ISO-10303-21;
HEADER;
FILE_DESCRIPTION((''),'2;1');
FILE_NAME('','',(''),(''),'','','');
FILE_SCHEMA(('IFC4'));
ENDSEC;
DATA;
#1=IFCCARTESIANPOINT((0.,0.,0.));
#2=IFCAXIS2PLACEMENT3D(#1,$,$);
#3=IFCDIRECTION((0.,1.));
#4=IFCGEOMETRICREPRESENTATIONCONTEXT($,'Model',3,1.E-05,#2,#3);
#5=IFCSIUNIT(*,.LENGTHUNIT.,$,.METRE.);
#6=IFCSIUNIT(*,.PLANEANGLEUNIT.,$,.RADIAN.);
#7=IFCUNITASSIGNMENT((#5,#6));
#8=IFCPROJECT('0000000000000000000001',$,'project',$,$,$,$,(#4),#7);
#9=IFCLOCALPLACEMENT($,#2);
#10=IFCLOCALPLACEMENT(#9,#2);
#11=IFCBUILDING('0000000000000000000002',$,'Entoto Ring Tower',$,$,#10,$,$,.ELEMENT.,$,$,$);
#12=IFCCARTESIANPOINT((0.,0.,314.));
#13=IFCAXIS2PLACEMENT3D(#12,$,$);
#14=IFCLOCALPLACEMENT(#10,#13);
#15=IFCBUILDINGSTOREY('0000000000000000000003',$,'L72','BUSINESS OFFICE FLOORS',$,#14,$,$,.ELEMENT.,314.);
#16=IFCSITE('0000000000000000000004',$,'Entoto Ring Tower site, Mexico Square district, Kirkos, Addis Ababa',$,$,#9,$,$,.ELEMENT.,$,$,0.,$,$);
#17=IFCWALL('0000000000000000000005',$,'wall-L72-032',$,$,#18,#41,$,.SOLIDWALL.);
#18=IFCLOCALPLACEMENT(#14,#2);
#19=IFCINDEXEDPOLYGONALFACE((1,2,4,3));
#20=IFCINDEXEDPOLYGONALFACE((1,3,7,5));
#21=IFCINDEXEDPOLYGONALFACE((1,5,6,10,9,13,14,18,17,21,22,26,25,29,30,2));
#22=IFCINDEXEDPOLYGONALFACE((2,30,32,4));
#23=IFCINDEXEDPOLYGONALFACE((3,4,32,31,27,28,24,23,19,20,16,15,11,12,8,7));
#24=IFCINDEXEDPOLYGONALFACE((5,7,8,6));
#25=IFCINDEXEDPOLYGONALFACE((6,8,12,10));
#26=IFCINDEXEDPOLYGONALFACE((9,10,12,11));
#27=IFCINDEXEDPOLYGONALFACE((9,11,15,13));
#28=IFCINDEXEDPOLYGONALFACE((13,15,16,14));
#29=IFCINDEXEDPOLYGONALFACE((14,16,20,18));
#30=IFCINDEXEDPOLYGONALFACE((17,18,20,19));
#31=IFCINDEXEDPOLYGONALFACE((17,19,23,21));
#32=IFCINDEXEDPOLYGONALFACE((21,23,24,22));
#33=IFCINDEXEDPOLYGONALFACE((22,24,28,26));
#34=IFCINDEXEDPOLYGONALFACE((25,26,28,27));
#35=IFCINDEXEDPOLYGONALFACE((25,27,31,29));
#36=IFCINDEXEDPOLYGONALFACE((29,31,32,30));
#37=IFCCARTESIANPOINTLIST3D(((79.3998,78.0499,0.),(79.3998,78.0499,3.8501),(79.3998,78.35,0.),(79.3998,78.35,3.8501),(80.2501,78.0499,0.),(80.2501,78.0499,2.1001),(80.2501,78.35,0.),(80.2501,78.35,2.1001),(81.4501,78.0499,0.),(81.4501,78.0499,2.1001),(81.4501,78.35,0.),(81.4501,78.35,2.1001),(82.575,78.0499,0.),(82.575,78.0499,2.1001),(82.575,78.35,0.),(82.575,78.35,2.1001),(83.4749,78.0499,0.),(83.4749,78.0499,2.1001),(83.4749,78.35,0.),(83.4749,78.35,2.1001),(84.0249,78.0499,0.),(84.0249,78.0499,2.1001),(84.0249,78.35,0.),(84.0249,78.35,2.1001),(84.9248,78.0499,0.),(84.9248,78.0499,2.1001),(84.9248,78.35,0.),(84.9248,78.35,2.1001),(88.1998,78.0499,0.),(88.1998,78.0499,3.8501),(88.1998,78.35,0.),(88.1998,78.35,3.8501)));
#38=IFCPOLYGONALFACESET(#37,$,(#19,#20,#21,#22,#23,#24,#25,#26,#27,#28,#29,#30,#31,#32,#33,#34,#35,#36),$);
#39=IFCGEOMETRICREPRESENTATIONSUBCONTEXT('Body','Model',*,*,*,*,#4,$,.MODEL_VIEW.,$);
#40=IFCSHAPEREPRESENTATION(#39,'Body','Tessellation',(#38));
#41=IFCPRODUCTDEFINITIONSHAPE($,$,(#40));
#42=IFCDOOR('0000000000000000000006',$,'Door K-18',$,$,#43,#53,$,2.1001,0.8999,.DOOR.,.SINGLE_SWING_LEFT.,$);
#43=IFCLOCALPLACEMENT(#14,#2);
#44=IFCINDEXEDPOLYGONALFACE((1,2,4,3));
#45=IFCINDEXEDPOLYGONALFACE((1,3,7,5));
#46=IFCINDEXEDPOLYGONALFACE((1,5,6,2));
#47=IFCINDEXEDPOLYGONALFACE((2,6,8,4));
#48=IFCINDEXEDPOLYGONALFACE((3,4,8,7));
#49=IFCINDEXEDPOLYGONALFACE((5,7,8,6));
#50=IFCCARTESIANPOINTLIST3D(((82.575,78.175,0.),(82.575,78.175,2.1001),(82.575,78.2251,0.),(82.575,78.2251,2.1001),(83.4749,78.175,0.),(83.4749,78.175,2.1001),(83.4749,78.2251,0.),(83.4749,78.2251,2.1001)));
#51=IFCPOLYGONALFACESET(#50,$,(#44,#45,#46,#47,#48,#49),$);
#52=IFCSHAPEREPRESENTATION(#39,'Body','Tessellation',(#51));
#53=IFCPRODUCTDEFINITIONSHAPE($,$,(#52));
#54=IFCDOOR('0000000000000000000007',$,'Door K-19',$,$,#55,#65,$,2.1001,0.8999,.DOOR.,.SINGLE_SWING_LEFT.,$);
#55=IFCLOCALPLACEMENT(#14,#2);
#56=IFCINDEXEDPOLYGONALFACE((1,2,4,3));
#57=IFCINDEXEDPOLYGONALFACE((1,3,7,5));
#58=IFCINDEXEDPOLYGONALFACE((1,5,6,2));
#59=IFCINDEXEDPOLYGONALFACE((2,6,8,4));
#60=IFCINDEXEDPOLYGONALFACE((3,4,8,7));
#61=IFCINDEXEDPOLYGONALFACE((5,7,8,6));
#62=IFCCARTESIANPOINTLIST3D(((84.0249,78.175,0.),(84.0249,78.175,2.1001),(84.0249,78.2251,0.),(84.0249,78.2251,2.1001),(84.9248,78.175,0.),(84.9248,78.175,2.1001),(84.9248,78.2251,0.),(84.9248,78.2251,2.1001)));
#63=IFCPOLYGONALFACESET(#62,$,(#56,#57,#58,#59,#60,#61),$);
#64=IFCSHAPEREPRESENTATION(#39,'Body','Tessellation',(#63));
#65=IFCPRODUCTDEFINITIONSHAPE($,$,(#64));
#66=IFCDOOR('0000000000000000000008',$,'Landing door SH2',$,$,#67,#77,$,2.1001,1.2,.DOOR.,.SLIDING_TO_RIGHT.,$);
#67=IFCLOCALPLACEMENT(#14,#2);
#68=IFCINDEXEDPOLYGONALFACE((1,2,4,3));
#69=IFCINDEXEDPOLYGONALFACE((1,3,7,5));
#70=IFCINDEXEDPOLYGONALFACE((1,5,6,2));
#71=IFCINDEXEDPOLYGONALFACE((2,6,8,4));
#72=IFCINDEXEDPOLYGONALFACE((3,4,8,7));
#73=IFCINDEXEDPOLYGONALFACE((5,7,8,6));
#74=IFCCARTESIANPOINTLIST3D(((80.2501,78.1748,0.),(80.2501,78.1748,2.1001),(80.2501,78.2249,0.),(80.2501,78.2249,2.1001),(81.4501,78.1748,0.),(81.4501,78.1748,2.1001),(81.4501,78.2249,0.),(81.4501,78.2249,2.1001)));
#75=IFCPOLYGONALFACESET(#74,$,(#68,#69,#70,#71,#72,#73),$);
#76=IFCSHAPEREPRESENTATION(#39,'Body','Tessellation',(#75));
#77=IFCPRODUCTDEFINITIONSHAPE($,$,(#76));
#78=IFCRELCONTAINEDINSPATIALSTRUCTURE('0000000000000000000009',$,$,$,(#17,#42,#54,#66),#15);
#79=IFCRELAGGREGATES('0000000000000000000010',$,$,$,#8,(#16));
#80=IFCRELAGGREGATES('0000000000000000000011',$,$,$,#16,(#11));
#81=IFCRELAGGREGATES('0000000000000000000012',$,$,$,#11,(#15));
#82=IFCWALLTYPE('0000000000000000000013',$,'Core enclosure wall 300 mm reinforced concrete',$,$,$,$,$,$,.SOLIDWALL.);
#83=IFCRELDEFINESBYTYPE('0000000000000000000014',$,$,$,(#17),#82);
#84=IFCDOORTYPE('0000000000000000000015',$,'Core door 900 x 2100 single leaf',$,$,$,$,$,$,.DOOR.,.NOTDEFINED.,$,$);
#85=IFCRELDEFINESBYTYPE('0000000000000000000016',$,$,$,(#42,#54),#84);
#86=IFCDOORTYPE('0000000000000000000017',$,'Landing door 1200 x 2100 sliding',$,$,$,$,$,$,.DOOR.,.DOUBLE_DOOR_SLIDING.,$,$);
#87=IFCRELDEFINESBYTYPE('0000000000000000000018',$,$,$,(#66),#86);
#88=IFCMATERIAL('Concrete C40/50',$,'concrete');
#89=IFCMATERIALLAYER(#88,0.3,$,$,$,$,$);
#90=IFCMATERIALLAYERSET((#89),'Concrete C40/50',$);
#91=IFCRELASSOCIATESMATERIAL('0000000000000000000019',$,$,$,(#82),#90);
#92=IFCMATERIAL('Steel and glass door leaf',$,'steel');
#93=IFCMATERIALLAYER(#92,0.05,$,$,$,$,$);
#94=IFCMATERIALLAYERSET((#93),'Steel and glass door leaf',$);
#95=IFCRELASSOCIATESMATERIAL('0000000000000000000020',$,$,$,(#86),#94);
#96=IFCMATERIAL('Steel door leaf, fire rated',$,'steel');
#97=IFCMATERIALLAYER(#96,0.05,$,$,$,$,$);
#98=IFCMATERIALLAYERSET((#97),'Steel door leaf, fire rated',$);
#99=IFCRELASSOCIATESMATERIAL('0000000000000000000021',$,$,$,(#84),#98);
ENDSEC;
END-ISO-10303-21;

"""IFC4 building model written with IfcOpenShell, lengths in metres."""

from ifc_helpers import new_model, si_unit, direction, frame, frame_2d, origin, place, context, subcontext, project, spatial, rectangle, extrude, material, layer, layer_set, type_object, element, fill, save


model = new_model("IFC4")

# Units and contexts
model_context = context("Model", 3, precision=1e-05, world=origin(), true_north=direction((0.0, 1.0)))
body_context = subcontext(model_context, "Body", "Model", "MODEL_VIEW")
ifc_project = project(units=[si_unit("LENGTHUNIT", "METRE"), si_unit("PLANEANGLEUNIT", "RADIAN")], contexts=[model_context])

# Site, building, storey
site_placement = place(None, origin())
site = spatial("IfcSite", under=ifc_project, at=site_placement, Name="Entoto Ring Tower site, Mexico Square district, Kirkos, Addis Ababa", CompositionType="ELEMENT", RefElevation=0.0)
building_placement = place(site_placement, origin())
building = spatial("IfcBuilding", under=site, at=building_placement, Name="Entoto Ring Tower", CompositionType="ELEMENT")
storey_placement = place(building_placement, frame((0.0, 0.0, 314.0)))
storey = spatial("IfcBuildingStorey", under=building, at=storey_placement, Name="L72", Description="BUSINESS OFFICE FLOORS", CompositionType="ELEMENT", Elevation=314.0)

# Shared definitions
ifc_material_1 = material(Name="Concrete C40/50", Category="concrete")
ifc_layer_1 = layer(ifc_material_1, 0.3)
ifc_layer_set_1 = layer_set([ifc_layer_1], Name="Concrete C40/50")
wall_type = type_object("IfcWallType", Name="Core enclosure wall 300 mm reinforced concrete", PredefinedType="SOLIDWALL", material=ifc_layer_set_1)
ifc_material_2 = material(Name="Steel and glass door leaf", Category="steel")
ifc_layer_2 = layer(ifc_material_2, 0.05)
ifc_layer_set_2 = layer_set([ifc_layer_2], Name="Steel and glass door leaf")
door_type_1 = type_object("IfcDoorType", Name="Landing door 1200 x 2100 sliding", OperationType="DOUBLE_DOOR_SLIDING", PredefinedType="DOOR", material=ifc_layer_set_2)

# Wall, openings, doors
wall_1_placement = place(storey_placement, frame((79.3999, 78.2, 0.0), z_axis=(0.0, 0.0, 1.0), x_axis=(1.0, 0.0, 0.0)))
wall_1 = element("IfcWall", 1, at=wall_1_placement, inside=storey, type_object=wall_type, Name="wall-L72-032", PredefinedType="SOLIDWALL", context=body_context, shape_type="SweptSolid", body=[
    extrude(rectangle(XDim=8.8, YDim=0.3, at=frame_2d((4.3999, 0.0))), origin(), (0.0, 0.0, 1.0), 3.8501),
])
opening_1_placement = place(wall_1_placement, frame((0.8501, 0.0, 0.0)))
opening_1 = element("IfcOpeningElement", 2, at=opening_1_placement, cuts=wall_1, PredefinedType="OPENING", context=body_context, shape_type="SweptSolid", body=[
    extrude(rectangle(XDim=1.2, YDim=2.1001, at=frame_2d((0.6001, 1.05))), frame((0.0, 0.1602, 0.0), z_axis=(0.0, -1.0, 0.0), x_axis=(1.0, 0.0, 0.0)), (0.0, 0.0, 1.0), 0.3201),
])
opening_2_placement = place(wall_1_placement, frame((3.175, 0.0, 0.0)))
opening_2 = element("IfcOpeningElement", 3, at=opening_2_placement, cuts=wall_1, PredefinedType="OPENING", context=body_context, shape_type="SweptSolid", body=[
    extrude(rectangle(XDim=0.8999, YDim=2.1001, at=frame_2d((0.45, 1.05))), frame((0.0, 0.1602, 0.0), z_axis=(0.0, -1.0, 0.0), x_axis=(1.0, 0.0, 0.0)), (0.0, 0.0, 1.0), 0.3201),
])
opening_3_placement = place(wall_1_placement, frame((4.625, 0.0, 0.0)))
opening_3 = element("IfcOpeningElement", 4, at=opening_3_placement, cuts=wall_1, PredefinedType="OPENING", context=body_context, shape_type="SweptSolid", body=[
    extrude(rectangle(XDim=0.8999, YDim=2.1001, at=frame_2d((0.45, 1.05))), frame((0.0, 0.1602, 0.0), z_axis=(0.0, -1.0, 0.0), x_axis=(1.0, 0.0, 0.0)), (0.0, 0.0, 1.0), 0.3201),
])
ifc_material_3 = material(Name="Steel door leaf, fire rated", Category="steel")
ifc_layer_3 = layer(ifc_material_3, 0.05)
ifc_layer_set_3 = layer_set([ifc_layer_3], Name="Steel door leaf, fire rated")
door_type_2 = type_object("IfcDoorType", Name="Core door 900 x 2100 single leaf", OperationType="NOTDEFINED", PredefinedType="DOOR", material=ifc_layer_set_3)
door_1_placement = place(opening_2_placement, frame((0.8999, 0.0, 0.0), z_axis=(0.0, 0.0, 1.0), x_axis=(-1.0, 0.0, 0.0)))
door_1 = element("IfcDoor", 5, at=door_1_placement, inside=storey, type_object=door_type_2, Name="Door K-18", OperationType="SINGLE_SWING_LEFT", OverallHeight=2.1001, OverallWidth=0.8999, PredefinedType="DOOR", context=body_context, shape_type="SweptSolid", body=[
    extrude(rectangle(XDim=0.8999, YDim=2.1001, at=frame_2d((0.45, 1.05))), frame((0.0, 0.0249, 0.0), z_axis=(0.0, -1.0, 0.0), x_axis=(1.0, 0.0, 0.0)), (0.0, 0.0, 1.0), 0.05),
])
fill(opening_2, door_1)
door_2_placement = place(opening_3_placement, frame((0.8999, 0.0, 0.0), z_axis=(0.0, 0.0, 1.0), x_axis=(-1.0, 0.0, 0.0)))
door_2 = element("IfcDoor", 6, at=door_2_placement, inside=storey, type_object=door_type_2, Name="Door K-19", OperationType="SINGLE_SWING_LEFT", OverallHeight=2.1001, OverallWidth=0.8999, PredefinedType="DOOR", context=body_context, shape_type="SweptSolid", body=[
    extrude(rectangle(XDim=0.8999, YDim=2.1001, at=frame_2d((0.45, 1.05))), frame((0.0, 0.0249, 0.0), z_axis=(0.0, -1.0, 0.0), x_axis=(1.0, 0.0, 0.0)), (0.0, 0.0, 1.0), 0.05),
])
fill(opening_3, door_2)
door_3_placement = place(opening_1_placement, origin())
door_3 = element("IfcDoor", 7, at=door_3_placement, inside=storey, type_object=door_type_1, Name="Landing door SH2", OperationType="SLIDING_TO_RIGHT", OverallHeight=2.1001, OverallWidth=1.2, PredefinedType="DOOR", context=body_context, shape_type="SweptSolid", body=[
    extrude(rectangle(XDim=1.2, YDim=2.1001, at=frame_2d((0.6001, 1.05))), frame((0.0, 0.0249, 0.0), z_axis=(0.0, -1.0, 0.0), x_axis=(1.0, 0.0, 0.0)), (0.0, 0.0, 1.0), 0.05),
])
fill(opening_1, door_3)

save(model, "model.ifc")
